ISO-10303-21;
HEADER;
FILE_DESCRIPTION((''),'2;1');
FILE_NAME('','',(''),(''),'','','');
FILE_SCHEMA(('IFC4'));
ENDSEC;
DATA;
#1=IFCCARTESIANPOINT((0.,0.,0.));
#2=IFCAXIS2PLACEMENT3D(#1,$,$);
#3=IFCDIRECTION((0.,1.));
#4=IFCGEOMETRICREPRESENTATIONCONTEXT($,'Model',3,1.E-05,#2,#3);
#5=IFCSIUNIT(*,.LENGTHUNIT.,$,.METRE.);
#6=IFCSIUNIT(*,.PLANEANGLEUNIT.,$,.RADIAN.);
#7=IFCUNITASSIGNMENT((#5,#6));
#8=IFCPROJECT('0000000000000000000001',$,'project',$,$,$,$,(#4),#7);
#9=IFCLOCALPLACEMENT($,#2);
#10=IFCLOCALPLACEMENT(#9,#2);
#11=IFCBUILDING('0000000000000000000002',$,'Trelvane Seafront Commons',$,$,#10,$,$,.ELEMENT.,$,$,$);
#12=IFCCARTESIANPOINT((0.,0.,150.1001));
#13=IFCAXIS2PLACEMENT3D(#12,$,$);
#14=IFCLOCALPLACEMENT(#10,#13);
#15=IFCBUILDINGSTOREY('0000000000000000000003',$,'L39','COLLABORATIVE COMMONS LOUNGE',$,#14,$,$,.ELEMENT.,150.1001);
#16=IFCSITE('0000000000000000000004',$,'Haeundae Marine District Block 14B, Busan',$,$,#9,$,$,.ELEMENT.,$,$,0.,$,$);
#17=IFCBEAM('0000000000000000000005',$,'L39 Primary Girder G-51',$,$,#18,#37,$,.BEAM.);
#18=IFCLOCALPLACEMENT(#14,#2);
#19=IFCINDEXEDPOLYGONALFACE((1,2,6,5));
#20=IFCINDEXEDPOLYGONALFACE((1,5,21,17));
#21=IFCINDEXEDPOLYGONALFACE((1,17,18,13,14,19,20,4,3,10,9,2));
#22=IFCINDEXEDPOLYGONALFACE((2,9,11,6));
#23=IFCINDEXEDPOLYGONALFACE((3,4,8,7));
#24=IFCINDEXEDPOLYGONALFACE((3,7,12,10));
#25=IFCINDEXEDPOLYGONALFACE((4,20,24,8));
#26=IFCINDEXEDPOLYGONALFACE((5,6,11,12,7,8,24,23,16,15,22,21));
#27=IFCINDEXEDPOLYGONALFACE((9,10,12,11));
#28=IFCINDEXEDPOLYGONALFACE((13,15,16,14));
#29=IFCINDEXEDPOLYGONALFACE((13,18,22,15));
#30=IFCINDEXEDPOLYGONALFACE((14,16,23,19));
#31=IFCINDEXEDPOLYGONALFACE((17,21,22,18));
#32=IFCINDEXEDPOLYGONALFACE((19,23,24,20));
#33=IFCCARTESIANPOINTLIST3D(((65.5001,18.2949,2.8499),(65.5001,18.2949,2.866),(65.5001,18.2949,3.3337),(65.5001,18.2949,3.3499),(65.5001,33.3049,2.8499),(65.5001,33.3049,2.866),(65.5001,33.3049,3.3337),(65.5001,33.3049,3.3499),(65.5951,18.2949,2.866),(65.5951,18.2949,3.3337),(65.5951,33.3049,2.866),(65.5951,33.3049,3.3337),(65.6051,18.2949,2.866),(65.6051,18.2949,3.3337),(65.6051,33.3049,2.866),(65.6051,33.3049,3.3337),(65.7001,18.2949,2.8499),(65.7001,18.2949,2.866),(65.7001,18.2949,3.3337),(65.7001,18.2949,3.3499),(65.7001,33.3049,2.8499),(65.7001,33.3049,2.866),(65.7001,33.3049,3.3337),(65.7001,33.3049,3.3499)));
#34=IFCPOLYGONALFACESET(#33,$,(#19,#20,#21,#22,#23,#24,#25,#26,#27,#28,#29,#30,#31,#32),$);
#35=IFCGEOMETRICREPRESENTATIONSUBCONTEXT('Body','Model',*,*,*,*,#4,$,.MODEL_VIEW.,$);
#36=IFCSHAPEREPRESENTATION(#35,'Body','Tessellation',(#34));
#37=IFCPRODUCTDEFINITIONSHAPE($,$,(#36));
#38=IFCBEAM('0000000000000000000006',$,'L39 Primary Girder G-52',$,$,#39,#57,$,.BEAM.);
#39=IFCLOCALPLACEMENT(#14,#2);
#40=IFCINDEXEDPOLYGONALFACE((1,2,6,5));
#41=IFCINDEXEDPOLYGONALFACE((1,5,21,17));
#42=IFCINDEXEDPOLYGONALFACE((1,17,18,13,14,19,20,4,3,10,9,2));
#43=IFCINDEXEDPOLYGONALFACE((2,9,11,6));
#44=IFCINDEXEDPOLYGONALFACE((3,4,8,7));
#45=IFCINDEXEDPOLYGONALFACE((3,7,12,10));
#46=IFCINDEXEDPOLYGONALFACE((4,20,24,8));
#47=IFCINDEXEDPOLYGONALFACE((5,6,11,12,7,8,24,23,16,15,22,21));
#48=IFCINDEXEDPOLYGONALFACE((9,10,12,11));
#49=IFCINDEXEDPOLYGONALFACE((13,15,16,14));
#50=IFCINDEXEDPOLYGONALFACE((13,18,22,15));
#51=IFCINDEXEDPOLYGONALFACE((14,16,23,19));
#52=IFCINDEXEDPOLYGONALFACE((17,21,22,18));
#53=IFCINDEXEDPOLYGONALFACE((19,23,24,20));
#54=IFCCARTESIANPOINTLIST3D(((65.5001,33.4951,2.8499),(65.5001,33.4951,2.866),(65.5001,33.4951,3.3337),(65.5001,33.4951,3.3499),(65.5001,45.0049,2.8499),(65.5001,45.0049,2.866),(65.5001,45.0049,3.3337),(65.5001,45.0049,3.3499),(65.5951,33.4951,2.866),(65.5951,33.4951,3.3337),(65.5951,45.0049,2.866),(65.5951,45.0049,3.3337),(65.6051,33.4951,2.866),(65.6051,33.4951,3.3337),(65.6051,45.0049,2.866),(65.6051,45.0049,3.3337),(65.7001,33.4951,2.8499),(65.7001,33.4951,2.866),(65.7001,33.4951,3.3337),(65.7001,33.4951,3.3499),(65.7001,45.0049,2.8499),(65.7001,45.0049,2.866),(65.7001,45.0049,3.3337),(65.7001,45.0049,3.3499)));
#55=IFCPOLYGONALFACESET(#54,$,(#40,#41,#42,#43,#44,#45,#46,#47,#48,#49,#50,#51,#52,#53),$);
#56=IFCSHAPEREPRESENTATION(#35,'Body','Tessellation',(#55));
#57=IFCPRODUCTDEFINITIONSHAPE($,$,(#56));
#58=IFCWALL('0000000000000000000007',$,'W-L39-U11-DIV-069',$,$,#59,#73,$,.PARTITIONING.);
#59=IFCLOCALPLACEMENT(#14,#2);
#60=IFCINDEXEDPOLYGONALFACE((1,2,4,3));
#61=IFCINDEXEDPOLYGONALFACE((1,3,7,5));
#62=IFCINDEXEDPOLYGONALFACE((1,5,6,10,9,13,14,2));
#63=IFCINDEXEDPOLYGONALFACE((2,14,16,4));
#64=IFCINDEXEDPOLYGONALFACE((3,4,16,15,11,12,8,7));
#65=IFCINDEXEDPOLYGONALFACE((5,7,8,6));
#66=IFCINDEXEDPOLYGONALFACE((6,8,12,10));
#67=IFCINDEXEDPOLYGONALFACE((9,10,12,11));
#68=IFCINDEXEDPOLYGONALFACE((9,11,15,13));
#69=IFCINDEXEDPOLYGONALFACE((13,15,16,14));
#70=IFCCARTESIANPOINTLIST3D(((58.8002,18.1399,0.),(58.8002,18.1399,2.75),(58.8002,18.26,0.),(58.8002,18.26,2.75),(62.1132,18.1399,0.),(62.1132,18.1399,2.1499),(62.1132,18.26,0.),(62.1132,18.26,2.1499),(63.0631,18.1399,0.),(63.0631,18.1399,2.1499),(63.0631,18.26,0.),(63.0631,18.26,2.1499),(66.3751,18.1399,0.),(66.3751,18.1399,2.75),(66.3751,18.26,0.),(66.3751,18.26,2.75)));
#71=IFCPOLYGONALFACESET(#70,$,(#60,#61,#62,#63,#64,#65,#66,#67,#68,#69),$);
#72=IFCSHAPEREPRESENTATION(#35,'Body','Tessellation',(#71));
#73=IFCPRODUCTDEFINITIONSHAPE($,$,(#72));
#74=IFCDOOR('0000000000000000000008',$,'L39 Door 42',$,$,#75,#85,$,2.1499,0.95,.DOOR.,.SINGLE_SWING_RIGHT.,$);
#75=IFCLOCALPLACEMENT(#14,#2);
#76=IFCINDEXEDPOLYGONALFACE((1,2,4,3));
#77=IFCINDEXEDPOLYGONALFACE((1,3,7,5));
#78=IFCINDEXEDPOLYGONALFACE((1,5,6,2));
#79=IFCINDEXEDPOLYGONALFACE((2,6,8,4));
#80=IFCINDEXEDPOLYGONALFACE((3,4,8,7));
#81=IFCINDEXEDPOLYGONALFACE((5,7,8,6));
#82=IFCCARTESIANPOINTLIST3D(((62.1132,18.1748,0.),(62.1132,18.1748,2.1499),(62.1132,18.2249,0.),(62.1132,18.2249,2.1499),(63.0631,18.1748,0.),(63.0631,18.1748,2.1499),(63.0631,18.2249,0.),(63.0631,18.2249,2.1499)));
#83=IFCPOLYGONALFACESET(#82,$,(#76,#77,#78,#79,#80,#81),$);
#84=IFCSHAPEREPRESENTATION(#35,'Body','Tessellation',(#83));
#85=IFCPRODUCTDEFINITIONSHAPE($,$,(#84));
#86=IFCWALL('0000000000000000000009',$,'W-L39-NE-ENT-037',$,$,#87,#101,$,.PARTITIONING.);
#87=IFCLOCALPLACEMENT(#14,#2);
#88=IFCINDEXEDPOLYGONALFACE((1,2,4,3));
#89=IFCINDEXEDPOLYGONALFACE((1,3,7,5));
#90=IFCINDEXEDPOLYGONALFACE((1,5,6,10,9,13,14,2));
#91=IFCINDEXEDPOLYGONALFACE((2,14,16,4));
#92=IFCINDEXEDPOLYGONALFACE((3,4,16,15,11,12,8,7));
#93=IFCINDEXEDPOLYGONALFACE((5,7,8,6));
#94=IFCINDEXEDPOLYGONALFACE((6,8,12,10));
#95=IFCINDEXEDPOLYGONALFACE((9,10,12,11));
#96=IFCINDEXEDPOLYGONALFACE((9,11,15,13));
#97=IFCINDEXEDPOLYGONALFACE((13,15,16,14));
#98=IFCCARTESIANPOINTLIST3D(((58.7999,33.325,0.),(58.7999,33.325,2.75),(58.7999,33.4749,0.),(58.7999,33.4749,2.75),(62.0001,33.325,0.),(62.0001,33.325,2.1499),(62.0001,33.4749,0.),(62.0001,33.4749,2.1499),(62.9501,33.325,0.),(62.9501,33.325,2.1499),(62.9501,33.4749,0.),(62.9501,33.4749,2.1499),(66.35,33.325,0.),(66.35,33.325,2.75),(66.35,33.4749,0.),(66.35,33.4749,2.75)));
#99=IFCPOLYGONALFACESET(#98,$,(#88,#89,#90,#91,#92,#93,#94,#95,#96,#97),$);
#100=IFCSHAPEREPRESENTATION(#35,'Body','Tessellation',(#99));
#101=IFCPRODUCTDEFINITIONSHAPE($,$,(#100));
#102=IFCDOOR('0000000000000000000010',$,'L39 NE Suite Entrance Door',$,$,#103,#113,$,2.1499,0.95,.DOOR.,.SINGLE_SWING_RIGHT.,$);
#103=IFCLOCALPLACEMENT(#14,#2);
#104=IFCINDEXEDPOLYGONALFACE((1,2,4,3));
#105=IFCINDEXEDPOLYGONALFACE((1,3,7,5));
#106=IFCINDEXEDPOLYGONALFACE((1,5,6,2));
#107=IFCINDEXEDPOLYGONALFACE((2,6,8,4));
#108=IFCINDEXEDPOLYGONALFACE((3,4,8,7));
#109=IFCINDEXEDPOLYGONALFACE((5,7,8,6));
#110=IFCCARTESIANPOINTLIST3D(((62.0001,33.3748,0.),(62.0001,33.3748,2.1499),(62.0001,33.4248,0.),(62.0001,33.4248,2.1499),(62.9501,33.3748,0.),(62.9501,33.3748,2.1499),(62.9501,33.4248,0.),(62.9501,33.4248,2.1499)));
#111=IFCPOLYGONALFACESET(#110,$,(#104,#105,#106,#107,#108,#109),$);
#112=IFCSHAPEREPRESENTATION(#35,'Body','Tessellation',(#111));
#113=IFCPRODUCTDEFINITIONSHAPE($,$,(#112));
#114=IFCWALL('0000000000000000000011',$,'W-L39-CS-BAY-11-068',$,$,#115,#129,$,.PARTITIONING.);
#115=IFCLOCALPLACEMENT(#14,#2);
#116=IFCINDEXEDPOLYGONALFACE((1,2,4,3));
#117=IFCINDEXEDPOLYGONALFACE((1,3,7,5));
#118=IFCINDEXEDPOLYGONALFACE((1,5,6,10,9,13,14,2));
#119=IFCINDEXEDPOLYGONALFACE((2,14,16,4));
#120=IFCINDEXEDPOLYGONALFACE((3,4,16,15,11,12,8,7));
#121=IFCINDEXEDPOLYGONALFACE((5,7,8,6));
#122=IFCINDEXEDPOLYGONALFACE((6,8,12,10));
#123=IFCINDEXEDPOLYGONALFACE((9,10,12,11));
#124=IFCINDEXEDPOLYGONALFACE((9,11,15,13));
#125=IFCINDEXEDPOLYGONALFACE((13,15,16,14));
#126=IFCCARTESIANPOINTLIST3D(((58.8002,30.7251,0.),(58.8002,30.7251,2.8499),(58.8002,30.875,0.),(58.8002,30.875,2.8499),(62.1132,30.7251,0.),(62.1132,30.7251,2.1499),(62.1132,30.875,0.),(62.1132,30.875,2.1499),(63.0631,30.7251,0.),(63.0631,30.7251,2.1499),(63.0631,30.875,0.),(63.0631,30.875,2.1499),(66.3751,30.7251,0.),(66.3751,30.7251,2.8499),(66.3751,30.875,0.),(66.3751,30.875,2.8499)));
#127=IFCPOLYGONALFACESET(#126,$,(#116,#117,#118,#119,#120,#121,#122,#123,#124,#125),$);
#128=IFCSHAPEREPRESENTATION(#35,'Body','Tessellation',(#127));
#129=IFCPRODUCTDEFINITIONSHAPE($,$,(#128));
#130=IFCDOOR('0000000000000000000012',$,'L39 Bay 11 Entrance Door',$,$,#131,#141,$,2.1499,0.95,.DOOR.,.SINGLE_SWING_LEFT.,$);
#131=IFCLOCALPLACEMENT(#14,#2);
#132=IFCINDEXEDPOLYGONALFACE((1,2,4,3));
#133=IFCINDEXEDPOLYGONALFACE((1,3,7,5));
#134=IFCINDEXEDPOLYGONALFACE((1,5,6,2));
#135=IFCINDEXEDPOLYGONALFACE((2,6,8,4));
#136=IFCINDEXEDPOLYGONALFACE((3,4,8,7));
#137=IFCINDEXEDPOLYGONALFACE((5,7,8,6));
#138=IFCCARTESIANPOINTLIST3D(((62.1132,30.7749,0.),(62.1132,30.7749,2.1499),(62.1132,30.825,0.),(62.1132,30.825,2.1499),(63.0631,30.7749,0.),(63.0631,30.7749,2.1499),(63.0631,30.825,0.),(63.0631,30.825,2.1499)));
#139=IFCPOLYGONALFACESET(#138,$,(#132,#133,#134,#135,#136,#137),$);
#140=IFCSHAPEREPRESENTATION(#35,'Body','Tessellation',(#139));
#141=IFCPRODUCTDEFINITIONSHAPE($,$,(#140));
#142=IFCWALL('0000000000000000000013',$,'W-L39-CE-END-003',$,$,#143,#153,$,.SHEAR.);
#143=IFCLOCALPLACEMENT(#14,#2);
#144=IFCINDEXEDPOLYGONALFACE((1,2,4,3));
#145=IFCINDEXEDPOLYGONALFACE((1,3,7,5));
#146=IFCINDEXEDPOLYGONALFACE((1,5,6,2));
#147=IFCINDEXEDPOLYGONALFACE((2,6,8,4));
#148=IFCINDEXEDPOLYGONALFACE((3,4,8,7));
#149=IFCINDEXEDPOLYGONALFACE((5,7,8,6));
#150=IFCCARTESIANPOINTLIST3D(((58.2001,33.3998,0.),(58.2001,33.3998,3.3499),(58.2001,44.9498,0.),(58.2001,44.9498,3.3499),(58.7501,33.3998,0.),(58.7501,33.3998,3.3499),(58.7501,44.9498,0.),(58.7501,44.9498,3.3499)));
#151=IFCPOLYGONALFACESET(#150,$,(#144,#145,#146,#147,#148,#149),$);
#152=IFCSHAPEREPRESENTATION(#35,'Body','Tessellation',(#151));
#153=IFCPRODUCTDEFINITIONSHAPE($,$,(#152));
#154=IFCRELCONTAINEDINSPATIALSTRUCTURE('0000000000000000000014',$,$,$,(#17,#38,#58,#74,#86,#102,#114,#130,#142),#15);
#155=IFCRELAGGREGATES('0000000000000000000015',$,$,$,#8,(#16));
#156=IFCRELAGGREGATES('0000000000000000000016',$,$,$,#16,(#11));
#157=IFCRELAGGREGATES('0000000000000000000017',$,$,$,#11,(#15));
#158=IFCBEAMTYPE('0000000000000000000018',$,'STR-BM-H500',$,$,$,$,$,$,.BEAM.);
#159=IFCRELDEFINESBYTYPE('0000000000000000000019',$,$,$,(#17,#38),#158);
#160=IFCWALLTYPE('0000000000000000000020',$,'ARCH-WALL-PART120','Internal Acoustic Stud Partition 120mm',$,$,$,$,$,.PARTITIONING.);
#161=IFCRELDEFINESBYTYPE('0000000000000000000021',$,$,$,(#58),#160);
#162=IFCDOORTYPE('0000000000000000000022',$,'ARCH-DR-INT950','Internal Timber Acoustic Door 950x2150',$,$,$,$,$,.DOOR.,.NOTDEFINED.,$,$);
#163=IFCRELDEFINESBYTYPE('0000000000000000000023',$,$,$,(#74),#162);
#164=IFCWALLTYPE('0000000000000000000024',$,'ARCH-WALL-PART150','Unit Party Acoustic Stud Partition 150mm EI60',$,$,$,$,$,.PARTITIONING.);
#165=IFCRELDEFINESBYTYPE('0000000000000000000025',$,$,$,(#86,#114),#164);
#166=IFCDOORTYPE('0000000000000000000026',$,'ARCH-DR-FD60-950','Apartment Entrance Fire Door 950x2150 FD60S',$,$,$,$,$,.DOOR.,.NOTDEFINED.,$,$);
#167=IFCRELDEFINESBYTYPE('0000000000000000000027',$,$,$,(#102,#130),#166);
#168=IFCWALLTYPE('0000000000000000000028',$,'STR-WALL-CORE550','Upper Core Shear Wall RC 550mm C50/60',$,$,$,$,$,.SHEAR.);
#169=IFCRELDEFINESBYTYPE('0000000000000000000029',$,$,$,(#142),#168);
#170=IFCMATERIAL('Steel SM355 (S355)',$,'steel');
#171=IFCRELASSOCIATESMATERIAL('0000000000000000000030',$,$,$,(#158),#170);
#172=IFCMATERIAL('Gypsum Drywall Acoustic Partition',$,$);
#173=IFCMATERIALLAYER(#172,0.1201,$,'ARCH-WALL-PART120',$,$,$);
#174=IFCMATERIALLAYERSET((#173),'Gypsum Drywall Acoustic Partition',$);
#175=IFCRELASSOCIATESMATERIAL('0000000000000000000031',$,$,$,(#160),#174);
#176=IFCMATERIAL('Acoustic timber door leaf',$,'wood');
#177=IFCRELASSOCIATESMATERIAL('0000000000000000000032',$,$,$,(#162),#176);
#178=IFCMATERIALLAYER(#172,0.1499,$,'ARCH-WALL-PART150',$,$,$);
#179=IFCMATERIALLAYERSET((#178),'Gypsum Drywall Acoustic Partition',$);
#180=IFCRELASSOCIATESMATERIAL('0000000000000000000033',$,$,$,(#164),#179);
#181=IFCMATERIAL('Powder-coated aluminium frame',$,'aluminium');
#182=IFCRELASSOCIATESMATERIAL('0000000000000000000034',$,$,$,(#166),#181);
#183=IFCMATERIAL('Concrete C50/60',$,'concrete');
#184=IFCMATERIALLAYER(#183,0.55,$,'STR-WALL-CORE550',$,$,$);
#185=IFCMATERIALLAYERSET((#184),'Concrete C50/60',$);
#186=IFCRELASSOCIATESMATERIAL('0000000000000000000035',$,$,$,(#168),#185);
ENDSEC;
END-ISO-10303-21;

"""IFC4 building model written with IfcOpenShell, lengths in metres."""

from ifc_helpers import new_model, si_unit, direction, frame, frame_2d, origin, origin_2d, place, context, subcontext, project, spatial, rectangle, i_section, extrude, source, transform, mapped, material, layer, layer_set, material_profile, profile_set, type_object, element, fill, save


model = new_model("IFC4")

# Units and contexts
model_context = context("Model", 3, precision=1e-05, world=origin(), true_north=direction((0.0, 1.0)))
body_context = subcontext(model_context, "Body", "Model", "MODEL_VIEW")
ifc_project = project(units=[si_unit("LENGTHUNIT", "METRE"), si_unit("PLANEANGLEUNIT", "RADIAN")], contexts=[model_context])

# Site, building, storey
site_placement = place(None, origin())
site = spatial("IfcSite", under=ifc_project, at=site_placement, Name="Haeundae Marine District Block 14B, Busan", CompositionType="ELEMENT", RefElevation=0.0)
building_placement = place(site_placement, origin())
building = spatial("IfcBuilding", under=site, at=building_placement, Name="Trelvane Seafront Commons", CompositionType="ELEMENT")
storey_placement = place(building_placement, frame((0.0, 0.0, 150.1001)))
storey = spatial("IfcBuildingStorey", under=building, at=storey_placement, Name="L39", Description="COLLABORATIVE COMMONS LOUNGE", CompositionType="ELEMENT", Elevation=150.1001)

# Shared definitions
ifc_material_1 = material(Name="Steel SM355 (S355)", Category="steel")
ifc_material_2 = material(Name="Concrete C50/60", Category="concrete")

# Beams
ifc_material_profile_1 = material_profile(ifc_material_1, i_section(OverallWidth=0.2, OverallDepth=0.5, WebThickness=0.01, FlangeThickness=0.0161, at=origin_2d()), Name="H-500x200x10x16")
ifc_profile_set_1 = profile_set([ifc_material_profile_1], Name="Steel SM355 (S355)")
beam_type_1 = type_object("IfcBeamType", Name="STR-BM-H500", PredefinedType="BEAM", material=ifc_profile_set_1)
shared_shape_1 = source(origin(), body_context, "Body", "SweptSolid", [
    extrude(i_section(OverallWidth=0.2, OverallDepth=0.5, WebThickness=0.01, FlangeThickness=0.0161, at=origin_2d()), origin(), (0.0, 0.0, 1.0), 15.01),
])
beam_1_placement = place(storey_placement, frame((65.6001, 18.2949, 3.0999), z_axis=(0.0, 1.0, 0.0), x_axis=(-1.0, 0.0, 0.0)))
element("IfcBeam", 1, at=beam_1_placement, inside=storey, type_object=beam_type_1, Name="L39 Primary Girder G-51", PredefinedType="BEAM", context=body_context, shape_type="MappedRepresentation", body=[
    mapped(shared_shape_1, transform((0.0, 0.0, 0.0), x_axis=(1.0, 0.0, 0.0), y_axis=(0.0, 1.0, 0.0), z_axis=(0.0, 0.0, 1.0), scale=1.0)),
])
shared_shape_2 = source(origin(), body_context, "Body", "SweptSolid", [
    extrude(i_section(OverallWidth=0.2, OverallDepth=0.5, WebThickness=0.01, FlangeThickness=0.0161, at=origin_2d()), origin(), (0.0, 0.0, 1.0), 11.5098),
])
beam_2_placement = place(storey_placement, frame((65.6001, 33.4951, 3.0999), z_axis=(0.0, 1.0, 0.0), x_axis=(-1.0, 0.0, 0.0)))
element("IfcBeam", 2, at=beam_2_placement, inside=storey, type_object=beam_type_1, Name="L39 Primary Girder G-52", PredefinedType="BEAM", context=body_context, shape_type="MappedRepresentation", body=[
    mapped(shared_shape_2, transform((0.0, 0.0, 0.0), x_axis=(1.0, 0.0, 0.0), y_axis=(0.0, 1.0, 0.0), z_axis=(0.0, 0.0, 1.0), scale=1.0)),
])

# Walls, openings, doors
ifc_material_3 = material(Name="Gypsum Drywall Acoustic Partition")
ifc_layer_1 = layer(ifc_material_3, 0.1201, Name="ARCH-WALL-PART120")
ifc_layer_set_1 = layer_set([ifc_layer_1], Name="Gypsum Drywall Acoustic Partition")
wall_type_1 = type_object("IfcWallType", Name="ARCH-WALL-PART120", Description="Internal Acoustic Stud Partition 120mm", PredefinedType="PARTITIONING", material=ifc_layer_set_1)
ifc_material_4 = material(Name="Acoustic timber door leaf", Category="wood")
door_type_1 = type_object("IfcDoorType", Name="ARCH-DR-INT950", Description="Internal Timber Acoustic Door 950x2150", OperationType="NOTDEFINED", PredefinedType="DOOR", material=ifc_material_4)
shared_shape_3 = source(origin(), body_context, "Body", "SweptSolid", [
    extrude(rectangle(XDim=0.95, YDim=2.1499, at=frame_2d((0.4751, 1.075))), frame((0.0, 0.0249, 0.0), z_axis=(0.0, -1.0, 0.0), x_axis=(1.0, 0.0, 0.0)), (0.0, 0.0, 1.0), 0.05),
])
wall_1_placement = place(storey_placement, frame((58.8, 18.2, 0.0), z_axis=(0.0, 0.0, 1.0), x_axis=(1.0, 0.0, 0.0)))
wall_1 = element("IfcWall", 3, at=wall_1_placement, inside=storey, type_object=wall_type_1, Name="W-L39-U11-DIV-069", PredefinedType="PARTITIONING", context=body_context, shape_type="SweptSolid", body=[
    extrude(rectangle(XDim=7.575, YDim=0.1201, at=frame_2d((3.7876, 0.0))), origin(), (0.0, 0.0, 1.0), 2.75),
])
opening_1_placement = place(wall_1_placement, frame((3.313, 0.0, 0.0)))
opening_1 = element("IfcOpeningElement", 4, at=opening_1_placement, cuts=wall_1, PredefinedType="OPENING", context=body_context, shape_type="SweptSolid", body=[
    extrude(rectangle(XDim=0.95, YDim=2.1499, at=frame_2d((0.4751, 1.075))), frame((0.0, 0.0701, 0.0), z_axis=(0.0, -1.0, 0.0), x_axis=(1.0, 0.0, 0.0)), (0.0, 0.0, 1.0), 0.1401),
])
door_1_placement = place(opening_1_placement, origin())
door_1 = element("IfcDoor", 5, at=door_1_placement, inside=storey, type_object=door_type_1, Name="L39 Door 42", OperationType="SINGLE_SWING_RIGHT", OverallHeight=2.1499, OverallWidth=0.95, PredefinedType="DOOR", context=body_context, shape_type="MappedRepresentation", body=[
    mapped(shared_shape_3, transform((0.0, 0.0, 0.0), x_axis=(1.0, 0.0, 0.0), y_axis=(0.0, 1.0, 0.0), z_axis=(0.0, 0.0, 1.0), scale=1.0)),
])
fill(opening_1, door_1)
ifc_layer_2 = layer(ifc_material_3, 0.1499, Name="ARCH-WALL-PART150")
ifc_layer_set_2 = layer_set([ifc_layer_2], Name="Gypsum Drywall Acoustic Partition")
wall_type_2 = type_object("IfcWallType", Name="ARCH-WALL-PART150", Description="Unit Party Acoustic Stud Partition 150mm EI60", PredefinedType="PARTITIONING", material=ifc_layer_set_2)
wall_2_placement = place(storey_placement, frame((58.8, 33.3999, 0.0), z_axis=(0.0, 0.0, 1.0), x_axis=(1.0, 0.0, 0.0)))
wall_2 = element("IfcWall", 6, at=wall_2_placement, inside=storey, type_object=wall_type_2, Name="W-L39-NE-ENT-037", PredefinedType="PARTITIONING", context=body_context, shape_type="SweptSolid", body=[
    extrude(rectangle(XDim=7.55, YDim=0.1499, at=frame_2d((3.7749, 0.0))), origin(), (0.0, 0.0, 1.0), 2.75),
])
opening_2_placement = place(wall_2_placement, frame((3.2, 0.0, 0.0)))
opening_2 = element("IfcOpeningElement", 7, at=opening_2_placement, cuts=wall_2, PredefinedType="OPENING", context=body_context, shape_type="SweptSolid", body=[
    extrude(rectangle(XDim=0.95, YDim=2.1499, at=frame_2d((0.4751, 1.075))), frame((0.0, 0.085, 0.0), z_axis=(0.0, -1.0, 0.0), x_axis=(1.0, 0.0, 0.0)), (0.0, 0.0, 1.0), 0.1699),
])
ifc_material_5 = material(Name="Powder-coated aluminium frame", Category="aluminium")
door_type_2 = type_object("IfcDoorType", Name="ARCH-DR-FD60-950", Description="Apartment Entrance Fire Door 950x2150 FD60S", OperationType="NOTDEFINED", PredefinedType="DOOR", material=ifc_material_5)
door_2_placement = place(opening_2_placement, origin())
door_2 = element("IfcDoor", 8, at=door_2_placement, inside=storey, type_object=door_type_2, Name="L39 NE Suite Entrance Door", OperationType="SINGLE_SWING_RIGHT", OverallHeight=2.1499, OverallWidth=0.95, PredefinedType="DOOR", context=body_context, shape_type="MappedRepresentation", body=[
    mapped(shared_shape_3, transform((0.0, 0.0, 0.0), x_axis=(1.0, 0.0, 0.0), y_axis=(0.0, 1.0, 0.0), z_axis=(0.0, 0.0, 1.0), scale=1.0)),
])
fill(opening_2, door_2)
wall_3_placement = place(storey_placement, frame((58.8, 30.8, 0.0), z_axis=(0.0, 0.0, 1.0), x_axis=(1.0, 0.0, 0.0)))
wall_3 = element("IfcWall", 9, at=wall_3_placement, inside=storey, type_object=wall_type_2, Name="W-L39-CS-BAY-11-068", PredefinedType="PARTITIONING", context=body_context, shape_type="SweptSolid", body=[
    extrude(rectangle(XDim=7.575, YDim=0.1499, at=frame_2d((3.7876, 0.0))), origin(), (0.0, 0.0, 1.0), 2.8499),
])
opening_3_placement = place(wall_3_placement, frame((3.313, 0.0, 0.0)))
opening_3 = element("IfcOpeningElement", 10, at=opening_3_placement, cuts=wall_3, PredefinedType="OPENING", context=body_context, shape_type="SweptSolid", body=[
    extrude(rectangle(XDim=0.95, YDim=2.1499, at=frame_2d((0.4751, 1.075))), frame((0.0, 0.085, 0.0), z_axis=(0.0, -1.0, 0.0), x_axis=(1.0, 0.0, 0.0)), (0.0, 0.0, 1.0), 0.1699),
])
door_3_placement = place(opening_3_placement, origin())
door_3 = element("IfcDoor", 11, at=door_3_placement, inside=storey, type_object=door_type_2, Name="L39 Bay 11 Entrance Door", OperationType="SINGLE_SWING_LEFT", OverallHeight=2.1499, OverallWidth=0.95, PredefinedType="DOOR", context=body_context, shape_type="MappedRepresentation", body=[
    mapped(shared_shape_3, transform((0.0, 0.0, 0.0), x_axis=(1.0, 0.0, 0.0), y_axis=(0.0, 1.0, 0.0), z_axis=(0.0, 0.0, 1.0), scale=1.0)),
])
fill(opening_3, door_3)

# Wall
ifc_layer_3 = layer(ifc_material_2, 0.55, Name="STR-WALL-CORE550")
ifc_layer_set_3 = layer_set([ifc_layer_3], Name="Concrete C50/60")
wall_type_3 = type_object("IfcWallType", Name="STR-WALL-CORE550", Description="Upper Core Shear Wall RC 550mm C50/60", PredefinedType="SHEAR", material=ifc_layer_set_3)
wall_4_placement = place(storey_placement, frame((58.4751, 33.3999, 0.0), z_axis=(0.0, 0.0, 1.0), x_axis=(0.0, 1.0, 0.0)))
element("IfcWall", 12, at=wall_4_placement, inside=storey, type_object=wall_type_3, Name="W-L39-CE-END-003", PredefinedType="SHEAR", context=body_context, shape_type="SweptSolid", body=[
    extrude(rectangle(XDim=11.55, YDim=0.55, at=frame_2d((5.7749, 0.0))), origin(), (0.0, 0.0, 1.0), 3.3499),
])

save(model, "model.ifc")
